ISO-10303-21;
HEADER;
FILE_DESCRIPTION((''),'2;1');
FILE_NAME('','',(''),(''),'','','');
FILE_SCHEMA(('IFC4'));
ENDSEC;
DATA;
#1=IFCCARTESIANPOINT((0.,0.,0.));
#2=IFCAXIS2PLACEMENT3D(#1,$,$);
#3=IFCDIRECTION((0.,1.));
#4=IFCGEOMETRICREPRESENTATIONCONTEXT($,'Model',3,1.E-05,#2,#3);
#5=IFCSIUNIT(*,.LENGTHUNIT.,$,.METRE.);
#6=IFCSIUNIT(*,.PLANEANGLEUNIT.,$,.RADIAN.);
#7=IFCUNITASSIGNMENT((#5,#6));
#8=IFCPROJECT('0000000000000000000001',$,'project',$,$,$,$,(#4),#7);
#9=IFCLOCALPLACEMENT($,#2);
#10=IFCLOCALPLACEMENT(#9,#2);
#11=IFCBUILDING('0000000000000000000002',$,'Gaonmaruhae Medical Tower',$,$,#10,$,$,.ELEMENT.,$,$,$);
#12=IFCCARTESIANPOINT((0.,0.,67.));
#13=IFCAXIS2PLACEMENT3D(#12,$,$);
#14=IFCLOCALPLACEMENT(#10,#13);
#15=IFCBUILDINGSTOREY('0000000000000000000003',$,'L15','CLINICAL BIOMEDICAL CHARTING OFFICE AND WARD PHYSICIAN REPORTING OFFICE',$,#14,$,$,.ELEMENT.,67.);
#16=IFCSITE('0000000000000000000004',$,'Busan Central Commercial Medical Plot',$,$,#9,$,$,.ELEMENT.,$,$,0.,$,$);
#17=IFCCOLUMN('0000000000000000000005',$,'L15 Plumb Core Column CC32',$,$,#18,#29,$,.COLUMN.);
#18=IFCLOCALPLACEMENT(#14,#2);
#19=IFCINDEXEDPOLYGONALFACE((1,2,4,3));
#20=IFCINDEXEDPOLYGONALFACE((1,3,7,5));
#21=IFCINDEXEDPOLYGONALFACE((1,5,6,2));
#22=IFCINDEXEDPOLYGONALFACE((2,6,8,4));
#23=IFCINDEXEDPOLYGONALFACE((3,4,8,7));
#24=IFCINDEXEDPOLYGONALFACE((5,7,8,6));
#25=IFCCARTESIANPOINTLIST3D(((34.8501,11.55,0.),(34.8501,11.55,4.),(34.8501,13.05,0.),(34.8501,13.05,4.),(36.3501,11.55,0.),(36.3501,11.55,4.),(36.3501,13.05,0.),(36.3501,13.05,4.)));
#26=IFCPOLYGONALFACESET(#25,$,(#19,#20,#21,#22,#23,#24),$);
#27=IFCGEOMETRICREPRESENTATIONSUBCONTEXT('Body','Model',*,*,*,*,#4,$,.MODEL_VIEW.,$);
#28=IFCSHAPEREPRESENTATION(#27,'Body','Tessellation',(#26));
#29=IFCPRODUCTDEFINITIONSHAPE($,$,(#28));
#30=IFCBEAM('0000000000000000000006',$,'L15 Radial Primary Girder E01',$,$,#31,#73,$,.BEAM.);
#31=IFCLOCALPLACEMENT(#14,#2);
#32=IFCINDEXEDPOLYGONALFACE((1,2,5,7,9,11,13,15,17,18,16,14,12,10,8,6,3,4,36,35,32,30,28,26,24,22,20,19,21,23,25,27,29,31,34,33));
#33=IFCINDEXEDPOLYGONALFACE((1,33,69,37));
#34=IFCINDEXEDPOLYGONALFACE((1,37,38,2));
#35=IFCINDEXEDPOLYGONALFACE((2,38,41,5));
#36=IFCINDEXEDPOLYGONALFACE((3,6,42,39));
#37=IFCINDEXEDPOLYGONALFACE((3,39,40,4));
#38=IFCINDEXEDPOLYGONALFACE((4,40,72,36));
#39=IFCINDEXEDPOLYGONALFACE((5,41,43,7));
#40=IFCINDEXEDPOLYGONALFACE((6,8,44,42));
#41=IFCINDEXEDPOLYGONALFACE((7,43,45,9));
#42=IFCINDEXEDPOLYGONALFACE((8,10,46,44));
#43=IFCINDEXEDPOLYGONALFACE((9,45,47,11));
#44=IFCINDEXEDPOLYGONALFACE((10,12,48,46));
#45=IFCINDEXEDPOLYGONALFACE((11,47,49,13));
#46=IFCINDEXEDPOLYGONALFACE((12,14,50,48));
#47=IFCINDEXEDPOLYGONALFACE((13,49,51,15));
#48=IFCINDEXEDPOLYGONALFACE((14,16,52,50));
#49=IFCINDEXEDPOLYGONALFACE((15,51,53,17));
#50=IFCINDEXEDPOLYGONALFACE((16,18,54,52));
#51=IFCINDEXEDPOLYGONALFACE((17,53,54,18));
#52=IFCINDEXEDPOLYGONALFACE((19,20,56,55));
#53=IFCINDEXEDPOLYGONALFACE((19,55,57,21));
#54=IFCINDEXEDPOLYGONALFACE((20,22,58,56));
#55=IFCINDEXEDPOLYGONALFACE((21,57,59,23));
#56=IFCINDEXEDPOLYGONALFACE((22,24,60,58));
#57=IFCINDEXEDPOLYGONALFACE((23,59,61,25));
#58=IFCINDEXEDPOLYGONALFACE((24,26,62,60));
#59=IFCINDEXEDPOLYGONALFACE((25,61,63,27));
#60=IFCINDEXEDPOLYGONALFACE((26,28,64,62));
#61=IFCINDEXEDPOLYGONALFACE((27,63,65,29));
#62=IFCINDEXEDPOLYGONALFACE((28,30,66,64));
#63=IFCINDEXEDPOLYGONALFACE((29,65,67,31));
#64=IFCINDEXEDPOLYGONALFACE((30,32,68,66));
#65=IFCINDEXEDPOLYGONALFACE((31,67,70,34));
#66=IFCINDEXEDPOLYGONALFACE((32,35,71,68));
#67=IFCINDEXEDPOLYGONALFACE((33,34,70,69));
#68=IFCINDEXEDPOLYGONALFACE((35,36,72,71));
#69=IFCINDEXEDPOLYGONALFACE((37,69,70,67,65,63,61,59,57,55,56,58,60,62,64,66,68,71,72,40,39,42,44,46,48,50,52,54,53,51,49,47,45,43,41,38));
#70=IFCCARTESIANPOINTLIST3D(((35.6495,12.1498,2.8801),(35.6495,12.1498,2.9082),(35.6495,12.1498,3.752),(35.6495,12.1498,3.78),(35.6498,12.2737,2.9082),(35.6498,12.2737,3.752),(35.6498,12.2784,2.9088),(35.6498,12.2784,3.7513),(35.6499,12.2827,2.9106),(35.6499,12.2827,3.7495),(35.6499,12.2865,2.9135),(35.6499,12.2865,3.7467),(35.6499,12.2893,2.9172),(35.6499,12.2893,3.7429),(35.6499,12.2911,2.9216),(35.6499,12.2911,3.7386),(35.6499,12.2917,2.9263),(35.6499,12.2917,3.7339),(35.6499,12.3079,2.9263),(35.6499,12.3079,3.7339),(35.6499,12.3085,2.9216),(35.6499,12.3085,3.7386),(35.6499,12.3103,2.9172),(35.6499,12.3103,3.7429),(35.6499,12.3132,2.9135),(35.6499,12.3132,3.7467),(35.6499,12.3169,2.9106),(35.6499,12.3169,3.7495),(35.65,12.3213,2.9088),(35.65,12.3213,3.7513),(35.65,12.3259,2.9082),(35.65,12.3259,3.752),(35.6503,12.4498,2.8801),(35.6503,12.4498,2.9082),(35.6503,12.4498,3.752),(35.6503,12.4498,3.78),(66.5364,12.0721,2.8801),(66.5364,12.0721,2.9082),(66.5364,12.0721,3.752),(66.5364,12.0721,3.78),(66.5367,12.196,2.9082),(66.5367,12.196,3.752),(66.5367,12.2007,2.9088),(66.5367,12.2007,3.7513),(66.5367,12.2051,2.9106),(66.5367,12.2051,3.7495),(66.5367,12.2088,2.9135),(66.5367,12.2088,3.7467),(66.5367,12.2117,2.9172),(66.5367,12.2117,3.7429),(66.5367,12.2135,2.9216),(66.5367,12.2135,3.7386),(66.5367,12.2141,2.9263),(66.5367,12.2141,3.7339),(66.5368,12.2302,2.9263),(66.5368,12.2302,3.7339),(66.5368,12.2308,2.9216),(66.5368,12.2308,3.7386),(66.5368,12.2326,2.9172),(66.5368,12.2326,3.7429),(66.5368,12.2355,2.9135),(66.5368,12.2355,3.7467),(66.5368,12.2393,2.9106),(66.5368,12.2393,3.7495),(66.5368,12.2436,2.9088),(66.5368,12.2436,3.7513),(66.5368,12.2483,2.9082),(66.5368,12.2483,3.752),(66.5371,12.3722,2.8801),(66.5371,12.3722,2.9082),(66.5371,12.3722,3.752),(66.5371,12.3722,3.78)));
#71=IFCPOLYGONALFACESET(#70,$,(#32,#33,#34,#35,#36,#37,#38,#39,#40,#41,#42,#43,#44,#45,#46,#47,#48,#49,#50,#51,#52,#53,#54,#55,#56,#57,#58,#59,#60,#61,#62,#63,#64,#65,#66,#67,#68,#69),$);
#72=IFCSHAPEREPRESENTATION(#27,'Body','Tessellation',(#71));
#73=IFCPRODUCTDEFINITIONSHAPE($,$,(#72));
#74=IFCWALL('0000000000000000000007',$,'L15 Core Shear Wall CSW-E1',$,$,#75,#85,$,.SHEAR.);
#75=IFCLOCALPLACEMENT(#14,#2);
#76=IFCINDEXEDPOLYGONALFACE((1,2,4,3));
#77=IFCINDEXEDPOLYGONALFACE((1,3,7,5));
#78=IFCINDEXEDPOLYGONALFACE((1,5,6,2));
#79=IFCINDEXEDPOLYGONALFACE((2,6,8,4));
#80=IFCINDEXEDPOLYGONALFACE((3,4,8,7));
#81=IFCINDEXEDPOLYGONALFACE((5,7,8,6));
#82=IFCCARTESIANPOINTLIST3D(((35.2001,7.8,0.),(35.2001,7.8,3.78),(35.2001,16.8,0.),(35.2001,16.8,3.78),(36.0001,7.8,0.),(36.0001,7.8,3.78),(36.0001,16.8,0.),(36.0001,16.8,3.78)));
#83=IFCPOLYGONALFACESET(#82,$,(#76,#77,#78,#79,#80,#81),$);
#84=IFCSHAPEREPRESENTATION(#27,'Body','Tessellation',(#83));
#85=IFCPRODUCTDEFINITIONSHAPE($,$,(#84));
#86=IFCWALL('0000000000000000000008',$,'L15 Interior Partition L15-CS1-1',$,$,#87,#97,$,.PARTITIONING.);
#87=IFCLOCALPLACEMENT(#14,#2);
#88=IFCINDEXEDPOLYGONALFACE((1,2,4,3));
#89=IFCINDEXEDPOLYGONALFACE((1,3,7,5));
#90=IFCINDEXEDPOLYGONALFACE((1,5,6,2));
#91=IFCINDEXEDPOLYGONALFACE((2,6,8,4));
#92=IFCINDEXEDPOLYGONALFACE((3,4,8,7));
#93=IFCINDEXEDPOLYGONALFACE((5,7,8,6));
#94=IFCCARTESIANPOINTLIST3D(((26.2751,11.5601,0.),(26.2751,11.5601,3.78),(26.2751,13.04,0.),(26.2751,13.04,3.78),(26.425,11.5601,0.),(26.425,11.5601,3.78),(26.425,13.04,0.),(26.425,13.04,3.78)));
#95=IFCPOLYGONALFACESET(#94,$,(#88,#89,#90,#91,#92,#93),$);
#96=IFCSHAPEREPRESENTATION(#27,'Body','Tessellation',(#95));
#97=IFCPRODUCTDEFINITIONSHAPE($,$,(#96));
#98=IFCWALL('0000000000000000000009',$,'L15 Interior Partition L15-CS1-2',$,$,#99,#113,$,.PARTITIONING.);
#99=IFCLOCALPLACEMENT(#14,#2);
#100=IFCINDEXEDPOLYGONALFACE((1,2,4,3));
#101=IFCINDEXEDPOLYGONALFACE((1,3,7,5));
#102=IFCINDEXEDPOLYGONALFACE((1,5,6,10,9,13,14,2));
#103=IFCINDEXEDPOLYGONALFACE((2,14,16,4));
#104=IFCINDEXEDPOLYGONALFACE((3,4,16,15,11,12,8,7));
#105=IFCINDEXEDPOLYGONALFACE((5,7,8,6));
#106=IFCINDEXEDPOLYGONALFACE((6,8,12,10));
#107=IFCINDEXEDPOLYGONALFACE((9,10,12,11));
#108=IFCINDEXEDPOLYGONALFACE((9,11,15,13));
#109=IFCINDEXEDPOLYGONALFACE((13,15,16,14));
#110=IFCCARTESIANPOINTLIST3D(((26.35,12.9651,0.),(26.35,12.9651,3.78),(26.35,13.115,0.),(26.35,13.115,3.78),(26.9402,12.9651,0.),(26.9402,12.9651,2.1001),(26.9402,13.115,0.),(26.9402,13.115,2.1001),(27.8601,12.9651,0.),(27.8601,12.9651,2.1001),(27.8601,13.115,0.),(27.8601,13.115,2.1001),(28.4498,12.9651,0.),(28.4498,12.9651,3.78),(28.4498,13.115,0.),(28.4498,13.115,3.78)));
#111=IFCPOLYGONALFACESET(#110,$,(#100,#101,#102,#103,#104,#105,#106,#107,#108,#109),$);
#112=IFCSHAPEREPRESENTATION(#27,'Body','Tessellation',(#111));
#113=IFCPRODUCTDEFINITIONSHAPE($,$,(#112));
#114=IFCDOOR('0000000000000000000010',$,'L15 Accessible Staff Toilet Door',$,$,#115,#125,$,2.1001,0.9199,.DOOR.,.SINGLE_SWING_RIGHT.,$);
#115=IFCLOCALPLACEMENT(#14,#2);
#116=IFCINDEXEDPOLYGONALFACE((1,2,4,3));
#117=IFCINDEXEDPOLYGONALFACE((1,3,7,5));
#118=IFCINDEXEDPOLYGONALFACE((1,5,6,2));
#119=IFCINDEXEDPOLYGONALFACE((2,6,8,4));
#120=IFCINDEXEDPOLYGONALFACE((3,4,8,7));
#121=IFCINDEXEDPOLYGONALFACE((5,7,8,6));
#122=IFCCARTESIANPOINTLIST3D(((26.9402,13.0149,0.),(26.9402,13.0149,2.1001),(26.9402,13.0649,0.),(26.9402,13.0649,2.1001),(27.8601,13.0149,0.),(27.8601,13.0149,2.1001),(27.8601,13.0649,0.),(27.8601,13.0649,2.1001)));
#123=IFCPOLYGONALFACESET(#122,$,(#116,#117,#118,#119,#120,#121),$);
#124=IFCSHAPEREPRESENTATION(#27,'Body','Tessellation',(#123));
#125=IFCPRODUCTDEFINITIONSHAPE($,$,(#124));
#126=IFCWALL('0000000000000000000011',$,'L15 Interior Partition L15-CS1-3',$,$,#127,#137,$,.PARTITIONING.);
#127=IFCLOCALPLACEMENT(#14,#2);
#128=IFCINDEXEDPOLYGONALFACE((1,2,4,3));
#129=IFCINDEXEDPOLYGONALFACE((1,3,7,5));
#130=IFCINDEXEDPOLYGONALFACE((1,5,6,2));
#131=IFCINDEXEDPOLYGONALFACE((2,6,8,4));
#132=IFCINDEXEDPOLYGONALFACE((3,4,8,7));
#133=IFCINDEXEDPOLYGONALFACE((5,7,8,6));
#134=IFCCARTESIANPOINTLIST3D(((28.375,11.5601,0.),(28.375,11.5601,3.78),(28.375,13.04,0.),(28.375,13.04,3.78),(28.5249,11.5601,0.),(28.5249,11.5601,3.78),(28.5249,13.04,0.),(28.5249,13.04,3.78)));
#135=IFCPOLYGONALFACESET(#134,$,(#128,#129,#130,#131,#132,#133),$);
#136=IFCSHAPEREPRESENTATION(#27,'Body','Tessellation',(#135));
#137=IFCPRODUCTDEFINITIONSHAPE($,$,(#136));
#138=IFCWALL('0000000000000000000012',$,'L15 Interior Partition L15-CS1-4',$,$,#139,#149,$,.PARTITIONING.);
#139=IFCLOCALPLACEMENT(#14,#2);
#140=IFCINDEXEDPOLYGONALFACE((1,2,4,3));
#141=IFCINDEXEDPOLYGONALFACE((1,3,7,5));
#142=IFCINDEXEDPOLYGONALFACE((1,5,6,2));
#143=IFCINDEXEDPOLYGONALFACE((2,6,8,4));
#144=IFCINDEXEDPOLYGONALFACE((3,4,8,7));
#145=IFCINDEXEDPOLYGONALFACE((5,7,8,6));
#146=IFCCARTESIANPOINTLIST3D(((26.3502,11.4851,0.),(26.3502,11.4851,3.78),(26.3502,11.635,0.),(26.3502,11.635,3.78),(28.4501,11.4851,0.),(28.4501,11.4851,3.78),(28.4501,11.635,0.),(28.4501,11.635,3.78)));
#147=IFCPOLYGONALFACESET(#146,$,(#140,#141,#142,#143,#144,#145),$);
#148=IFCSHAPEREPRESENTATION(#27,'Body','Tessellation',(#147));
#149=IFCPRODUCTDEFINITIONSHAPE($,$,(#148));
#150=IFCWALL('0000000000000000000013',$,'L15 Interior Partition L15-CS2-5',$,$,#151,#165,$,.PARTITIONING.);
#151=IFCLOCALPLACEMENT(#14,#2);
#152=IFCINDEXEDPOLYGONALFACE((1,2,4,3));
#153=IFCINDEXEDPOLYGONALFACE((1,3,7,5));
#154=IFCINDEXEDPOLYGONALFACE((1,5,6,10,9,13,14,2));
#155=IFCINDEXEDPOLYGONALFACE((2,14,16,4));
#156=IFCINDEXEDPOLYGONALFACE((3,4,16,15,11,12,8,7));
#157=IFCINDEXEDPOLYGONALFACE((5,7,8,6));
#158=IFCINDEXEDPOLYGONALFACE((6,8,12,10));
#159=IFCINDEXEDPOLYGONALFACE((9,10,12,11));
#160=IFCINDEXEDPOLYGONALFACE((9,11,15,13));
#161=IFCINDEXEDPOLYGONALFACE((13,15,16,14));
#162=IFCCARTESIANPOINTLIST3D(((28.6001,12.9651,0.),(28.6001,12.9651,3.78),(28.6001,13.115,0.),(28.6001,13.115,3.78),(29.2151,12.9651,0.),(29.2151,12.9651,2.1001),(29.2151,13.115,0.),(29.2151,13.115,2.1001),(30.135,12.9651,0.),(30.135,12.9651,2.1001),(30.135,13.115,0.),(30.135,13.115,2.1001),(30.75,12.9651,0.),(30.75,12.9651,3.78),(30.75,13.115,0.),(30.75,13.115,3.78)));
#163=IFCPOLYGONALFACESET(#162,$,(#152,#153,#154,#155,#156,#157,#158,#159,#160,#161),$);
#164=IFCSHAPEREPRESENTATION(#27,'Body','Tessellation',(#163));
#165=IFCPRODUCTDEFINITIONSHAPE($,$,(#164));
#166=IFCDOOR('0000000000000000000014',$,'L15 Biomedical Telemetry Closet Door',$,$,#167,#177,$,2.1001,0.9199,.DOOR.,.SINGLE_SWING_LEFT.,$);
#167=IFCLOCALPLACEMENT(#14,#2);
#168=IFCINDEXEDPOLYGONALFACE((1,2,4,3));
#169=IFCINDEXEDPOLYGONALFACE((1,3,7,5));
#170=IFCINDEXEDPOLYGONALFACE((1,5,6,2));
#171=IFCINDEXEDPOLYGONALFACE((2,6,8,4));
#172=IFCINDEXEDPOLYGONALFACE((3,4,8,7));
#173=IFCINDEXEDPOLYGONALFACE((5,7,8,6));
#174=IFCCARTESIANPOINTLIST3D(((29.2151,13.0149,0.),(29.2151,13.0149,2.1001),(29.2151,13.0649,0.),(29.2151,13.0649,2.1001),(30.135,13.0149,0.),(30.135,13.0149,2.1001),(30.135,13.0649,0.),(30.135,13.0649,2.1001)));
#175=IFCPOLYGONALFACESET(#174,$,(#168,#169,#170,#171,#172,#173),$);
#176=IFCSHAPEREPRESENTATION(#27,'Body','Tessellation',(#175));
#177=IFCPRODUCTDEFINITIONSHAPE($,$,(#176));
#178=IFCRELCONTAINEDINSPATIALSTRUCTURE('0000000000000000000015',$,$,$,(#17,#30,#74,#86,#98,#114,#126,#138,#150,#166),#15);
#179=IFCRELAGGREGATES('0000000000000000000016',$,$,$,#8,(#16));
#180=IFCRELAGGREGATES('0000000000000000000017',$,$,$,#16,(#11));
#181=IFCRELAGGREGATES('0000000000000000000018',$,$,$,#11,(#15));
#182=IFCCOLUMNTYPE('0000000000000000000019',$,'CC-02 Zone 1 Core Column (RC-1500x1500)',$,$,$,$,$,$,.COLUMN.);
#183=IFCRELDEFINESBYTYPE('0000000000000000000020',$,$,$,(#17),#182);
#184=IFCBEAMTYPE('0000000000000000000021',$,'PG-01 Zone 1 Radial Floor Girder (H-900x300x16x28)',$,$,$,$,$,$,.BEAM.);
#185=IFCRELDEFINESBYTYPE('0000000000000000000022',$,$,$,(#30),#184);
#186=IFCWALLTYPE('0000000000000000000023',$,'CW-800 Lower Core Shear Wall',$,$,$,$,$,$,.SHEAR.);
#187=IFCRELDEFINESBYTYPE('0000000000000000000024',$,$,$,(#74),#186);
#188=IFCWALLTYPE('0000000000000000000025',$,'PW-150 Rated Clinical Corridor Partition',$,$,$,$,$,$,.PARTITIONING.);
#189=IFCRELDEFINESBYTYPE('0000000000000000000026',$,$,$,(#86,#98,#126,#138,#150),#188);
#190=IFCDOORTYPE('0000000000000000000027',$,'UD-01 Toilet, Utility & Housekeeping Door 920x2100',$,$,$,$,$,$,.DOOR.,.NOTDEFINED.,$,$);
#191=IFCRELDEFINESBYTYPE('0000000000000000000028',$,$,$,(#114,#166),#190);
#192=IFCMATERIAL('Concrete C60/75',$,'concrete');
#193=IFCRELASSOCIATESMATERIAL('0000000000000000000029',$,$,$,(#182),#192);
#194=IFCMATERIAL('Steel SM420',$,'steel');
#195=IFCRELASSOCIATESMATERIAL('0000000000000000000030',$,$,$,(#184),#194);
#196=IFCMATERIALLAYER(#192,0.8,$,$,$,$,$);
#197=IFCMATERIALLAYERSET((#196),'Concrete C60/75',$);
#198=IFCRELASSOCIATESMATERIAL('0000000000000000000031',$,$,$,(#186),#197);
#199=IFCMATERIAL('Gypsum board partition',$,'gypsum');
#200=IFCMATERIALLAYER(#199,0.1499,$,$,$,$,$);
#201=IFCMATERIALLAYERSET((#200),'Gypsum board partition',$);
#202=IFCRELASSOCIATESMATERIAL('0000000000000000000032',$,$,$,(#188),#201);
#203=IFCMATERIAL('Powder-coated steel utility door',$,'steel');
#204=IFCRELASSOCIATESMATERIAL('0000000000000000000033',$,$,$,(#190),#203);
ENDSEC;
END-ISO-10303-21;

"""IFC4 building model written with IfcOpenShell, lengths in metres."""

from ifc_helpers import new_model, si_unit, direction, frame, frame_2d, origin, origin_2d, place, context, subcontext, project, spatial, rectangle, i_section, extrude, material, layer, layer_set, material_profile, profile_set, type_object, element, fill, save


model = new_model("IFC4")

# Units and contexts
model_context = context("Model", 3, precision=1e-05, world=origin(), true_north=direction((0.0, 1.0)))
body_context = subcontext(model_context, "Body", "Model", "MODEL_VIEW")
ifc_project = project(units=[si_unit("LENGTHUNIT", "METRE"), si_unit("PLANEANGLEUNIT", "RADIAN")], contexts=[model_context])

# Site, building, storey
site_placement = place(None, origin())
site = spatial("IfcSite", under=ifc_project, at=site_placement, Name="Busan Central Commercial Medical Plot", CompositionType="ELEMENT", RefElevation=0.0)
building_placement = place(site_placement, origin())
building = spatial("IfcBuilding", under=site, at=building_placement, Name="Gaonmaruhae Medical Tower", CompositionType="ELEMENT")
storey_placement = place(building_placement, frame((0.0, 0.0, 67.0)))
storey = spatial("IfcBuildingStorey", under=building, at=storey_placement, Name="L15", Description="CLINICAL BIOMEDICAL CHARTING OFFICE AND WARD PHYSICIAN REPORTING OFFICE", CompositionType="ELEMENT", Elevation=67.0)

# Column
ifc_material_1 = material(Name="Concrete C60/75", Category="concrete")
ifc_material_profile_1 = material_profile(ifc_material_1, rectangle(XDim=1.5, YDim=1.5, at=origin_2d()), Name="RC-1500x1500")
ifc_profile_set_1 = profile_set([ifc_material_profile_1], Name="Concrete C60/75")
column_type = type_object("IfcColumnType", Name="CC-02 Zone 1 Core Column (RC-1500x1500)", PredefinedType="COLUMN", material=ifc_profile_set_1)
column_placement = place(storey_placement, frame((35.6001, 12.3, 0.0), z_axis=(0.0, 0.0, 1.0), x_axis=(1.0, 0.0, 0.0)))
element("IfcColumn", 1, at=column_placement, inside=storey, type_object=column_type, Name="L15 Plumb Core Column CC32", PredefinedType="COLUMN", context=body_context, shape_type="SweptSolid", body=[
    extrude(rectangle(XDim=1.5, YDim=1.5, at=origin_2d()), origin(), (0.0, 0.0, 1.0), 4.0),
])

# Beam
ifc_material_2 = material(Name="Steel SM420", Category="steel")
ifc_material_profile_2 = material_profile(ifc_material_2, i_section(OverallWidth=0.3, OverallDepth=0.8999, WebThickness=0.0161, FlangeThickness=0.0281, FilletRadius=0.0181, at=origin_2d()), Name="H-900x300x16x28")
ifc_profile_set_2 = profile_set([ifc_material_profile_2], Name="Steel SM420")
beam_type = type_object("IfcBeamType", Name="PG-01 Zone 1 Radial Floor Girder (H-900x300x16x28)", PredefinedType="BEAM", material=ifc_profile_set_2)
beam_placement = place(storey_placement, frame((35.6499, 12.2998, 3.3301), z_axis=(0.999997, -0.002514, 0.0), x_axis=(0.002514, 0.999997, 0.0)))
element("IfcBeam", 2, at=beam_placement, inside=storey, type_object=beam_type, Name="L15 Radial Primary Girder E01", PredefinedType="BEAM", context=body_context, shape_type="SweptSolid", body=[
    extrude(i_section(OverallWidth=0.3, OverallDepth=0.8999, WebThickness=0.0161, FlangeThickness=0.0281, FilletRadius=0.0181, at=origin_2d()), origin(), (0.0, 0.0, 1.0), 30.887),
])

# Walls
ifc_layer_1 = layer(ifc_material_1, 0.8)
ifc_layer_set_1 = layer_set([ifc_layer_1], Name="Concrete C60/75")
wall_type_1 = type_object("IfcWallType", Name="CW-800 Lower Core Shear Wall", PredefinedType="SHEAR", material=ifc_layer_set_1)
wall_1_placement = place(storey_placement, frame((35.6001, 7.8, 0.0), z_axis=(0.0, 0.0, 1.0), x_axis=(0.0, 1.0, 0.0)))
element("IfcWall", 3, at=wall_1_placement, inside=storey, type_object=wall_type_1, Name="L15 Core Shear Wall CSW-E1", PredefinedType="SHEAR", context=body_context, shape_type="SweptSolid", body=[
    extrude(rectangle(XDim=9.0, YDim=0.8, at=frame_2d((4.5, 0.0))), origin(), (0.0, 0.0, 1.0), 3.78),
])
ifc_material_3 = material(Name="Gypsum board partition", Category="gypsum")
ifc_layer_2 = layer(ifc_material_3, 0.1499)
ifc_layer_set_2 = layer_set([ifc_layer_2], Name="Gypsum board partition")
wall_type_2 = type_object("IfcWallType", Name="PW-150 Rated Clinical Corridor Partition", PredefinedType="PARTITIONING", material=ifc_layer_set_2)
wall_2_placement = place(storey_placement, frame((26.3501, 11.5601, 0.0), z_axis=(0.0, 0.0, 1.0), x_axis=(0.0, 1.0, 0.0)))
element("IfcWall", 4, at=wall_2_placement, inside=storey, type_object=wall_type_2, Name="L15 Interior Partition L15-CS1-1", PredefinedType="PARTITIONING", context=body_context, shape_type="SweptSolid", body=[
    extrude(rectangle(XDim=1.48, YDim=0.1499, at=frame_2d((0.74, 0.0))), origin(), (0.0, 0.0, 1.0), 3.78),
])

# Wall, opening, door
wall_3_placement = place(storey_placement, frame((26.3501, 13.04, 0.0), z_axis=(0.0, 0.0, 1.0), x_axis=(1.0, 0.0, 0.0)))
wall_3 = element("IfcWall", 5, at=wall_3_placement, inside=storey, type_object=wall_type_2, Name="L15 Interior Partition L15-CS1-2", PredefinedType="PARTITIONING", context=body_context, shape_type="SweptSolid", body=[
    extrude(rectangle(XDim=2.0999, YDim=0.1499, at=frame_2d((1.0498, 0.0))), origin(), (0.0, 0.0, 1.0), 3.78),
])
opening_1_placement = place(wall_3_placement, frame((0.5901, 0.0, 0.0)))
opening_1 = element("IfcOpeningElement", 6, at=opening_1_placement, cuts=wall_3, PredefinedType="OPENING", context=body_context, shape_type="SweptSolid", body=[
    extrude(rectangle(XDim=0.9199, YDim=2.1001, at=frame_2d((0.46, 1.05))), frame((0.0, 0.085, 0.0), z_axis=(0.0, -1.0, 0.0), x_axis=(1.0, 0.0, 0.0)), (0.0, 0.0, 1.0), 0.1699),
])
ifc_material_4 = material(Name="Powder-coated steel utility door", Category="steel")
door_type_1 = type_object("IfcDoorType", Name="UD-01 Toilet, Utility & Housekeeping Door 920x2100", OperationType="NOTDEFINED", PredefinedType="DOOR", material=ifc_material_4)
door_1_placement = place(opening_1_placement, origin())
door_1 = element("IfcDoor", 7, at=door_1_placement, inside=storey, type_object=door_type_1, Name="L15 Accessible Staff Toilet Door", OperationType="SINGLE_SWING_RIGHT", OverallHeight=2.1001, OverallWidth=0.9199, PredefinedType="DOOR", context=body_context, shape_type="SweptSolid", body=[
    extrude(rectangle(XDim=0.9199, YDim=2.1001, at=frame_2d((0.46, 1.05))), frame((0.0, 0.0249, 0.0), z_axis=(0.0, -1.0, 0.0), x_axis=(1.0, 0.0, 0.0)), (0.0, 0.0, 1.0), 0.05),
])
fill(opening_1, door_1)

# Walls
wall_4_placement = place(storey_placement, frame((28.45, 13.04, 0.0), z_axis=(0.0, 0.0, 1.0), x_axis=(0.0, -1.0, 0.0)))
element("IfcWall", 8, at=wall_4_placement, inside=storey, type_object=wall_type_2, Name="L15 Interior Partition L15-CS1-3", PredefinedType="PARTITIONING", context=body_context, shape_type="SweptSolid", body=[
    extrude(rectangle(XDim=1.48, YDim=0.1499, at=frame_2d((0.74, 0.0))), origin(), (0.0, 0.0, 1.0), 3.78),
])
wall_5_placement = place(storey_placement, frame((28.45, 11.5601, 0.0), z_axis=(0.0, 0.0, 1.0), x_axis=(-1.0, 0.0, 0.0)))
element("IfcWall", 9, at=wall_5_placement, inside=storey, type_object=wall_type_2, Name="L15 Interior Partition L15-CS1-4", PredefinedType="PARTITIONING", context=body_context, shape_type="SweptSolid", body=[
    extrude(rectangle(XDim=2.0999, YDim=0.1499, at=frame_2d((1.0498, 0.0))), origin(), (0.0, 0.0, 1.0), 3.78),
])

# Wall, opening, door
wall_6_placement = place(storey_placement, frame((28.6001, 13.04, 0.0), z_axis=(0.0, 0.0, 1.0), x_axis=(1.0, 0.0, 0.0)))
wall_6 = element("IfcWall", 10, at=wall_6_placement, inside=storey, type_object=wall_type_2, Name="L15 Interior Partition L15-CS2-5", PredefinedType="PARTITIONING", context=body_context, shape_type="SweptSolid", body=[
    extrude(rectangle(XDim=2.1499, YDim=0.1499, at=frame_2d((1.075, 0.0))), origin(), (0.0, 0.0, 1.0), 3.78),
])
opening_2_placement = place(wall_6_placement, frame((0.615, 0.0, 0.0)))
opening_2 = element("IfcOpeningElement", 11, at=opening_2_placement, cuts=wall_6, PredefinedType="OPENING", context=body_context, shape_type="SweptSolid", body=[
    extrude(rectangle(XDim=0.9199, YDim=2.1001, at=frame_2d((0.46, 1.05))), frame((0.0, 0.085, 0.0), z_axis=(0.0, -1.0, 0.0), x_axis=(1.0, 0.0, 0.0)), (0.0, 0.0, 1.0), 0.1699),
])
door_2_placement = place(opening_2_placement, origin())
door_2 = element("IfcDoor", 12, at=door_2_placement, inside=storey, type_object=door_type_1, Name="L15 Biomedical Telemetry Closet Door", OperationType="SINGLE_SWING_LEFT", OverallHeight=2.1001, OverallWidth=0.9199, PredefinedType="DOOR", context=body_context, shape_type="SweptSolid", body=[
    extrude(rectangle(XDim=0.9199, YDim=2.1001, at=frame_2d((0.46, 1.05))), frame((0.0, 0.0249, 0.0), z_axis=(0.0, -1.0, 0.0), x_axis=(1.0, 0.0, 0.0)), (0.0, 0.0, 1.0), 0.05),
])
fill(opening_2, door_2)

save(model, "model.ifc")
